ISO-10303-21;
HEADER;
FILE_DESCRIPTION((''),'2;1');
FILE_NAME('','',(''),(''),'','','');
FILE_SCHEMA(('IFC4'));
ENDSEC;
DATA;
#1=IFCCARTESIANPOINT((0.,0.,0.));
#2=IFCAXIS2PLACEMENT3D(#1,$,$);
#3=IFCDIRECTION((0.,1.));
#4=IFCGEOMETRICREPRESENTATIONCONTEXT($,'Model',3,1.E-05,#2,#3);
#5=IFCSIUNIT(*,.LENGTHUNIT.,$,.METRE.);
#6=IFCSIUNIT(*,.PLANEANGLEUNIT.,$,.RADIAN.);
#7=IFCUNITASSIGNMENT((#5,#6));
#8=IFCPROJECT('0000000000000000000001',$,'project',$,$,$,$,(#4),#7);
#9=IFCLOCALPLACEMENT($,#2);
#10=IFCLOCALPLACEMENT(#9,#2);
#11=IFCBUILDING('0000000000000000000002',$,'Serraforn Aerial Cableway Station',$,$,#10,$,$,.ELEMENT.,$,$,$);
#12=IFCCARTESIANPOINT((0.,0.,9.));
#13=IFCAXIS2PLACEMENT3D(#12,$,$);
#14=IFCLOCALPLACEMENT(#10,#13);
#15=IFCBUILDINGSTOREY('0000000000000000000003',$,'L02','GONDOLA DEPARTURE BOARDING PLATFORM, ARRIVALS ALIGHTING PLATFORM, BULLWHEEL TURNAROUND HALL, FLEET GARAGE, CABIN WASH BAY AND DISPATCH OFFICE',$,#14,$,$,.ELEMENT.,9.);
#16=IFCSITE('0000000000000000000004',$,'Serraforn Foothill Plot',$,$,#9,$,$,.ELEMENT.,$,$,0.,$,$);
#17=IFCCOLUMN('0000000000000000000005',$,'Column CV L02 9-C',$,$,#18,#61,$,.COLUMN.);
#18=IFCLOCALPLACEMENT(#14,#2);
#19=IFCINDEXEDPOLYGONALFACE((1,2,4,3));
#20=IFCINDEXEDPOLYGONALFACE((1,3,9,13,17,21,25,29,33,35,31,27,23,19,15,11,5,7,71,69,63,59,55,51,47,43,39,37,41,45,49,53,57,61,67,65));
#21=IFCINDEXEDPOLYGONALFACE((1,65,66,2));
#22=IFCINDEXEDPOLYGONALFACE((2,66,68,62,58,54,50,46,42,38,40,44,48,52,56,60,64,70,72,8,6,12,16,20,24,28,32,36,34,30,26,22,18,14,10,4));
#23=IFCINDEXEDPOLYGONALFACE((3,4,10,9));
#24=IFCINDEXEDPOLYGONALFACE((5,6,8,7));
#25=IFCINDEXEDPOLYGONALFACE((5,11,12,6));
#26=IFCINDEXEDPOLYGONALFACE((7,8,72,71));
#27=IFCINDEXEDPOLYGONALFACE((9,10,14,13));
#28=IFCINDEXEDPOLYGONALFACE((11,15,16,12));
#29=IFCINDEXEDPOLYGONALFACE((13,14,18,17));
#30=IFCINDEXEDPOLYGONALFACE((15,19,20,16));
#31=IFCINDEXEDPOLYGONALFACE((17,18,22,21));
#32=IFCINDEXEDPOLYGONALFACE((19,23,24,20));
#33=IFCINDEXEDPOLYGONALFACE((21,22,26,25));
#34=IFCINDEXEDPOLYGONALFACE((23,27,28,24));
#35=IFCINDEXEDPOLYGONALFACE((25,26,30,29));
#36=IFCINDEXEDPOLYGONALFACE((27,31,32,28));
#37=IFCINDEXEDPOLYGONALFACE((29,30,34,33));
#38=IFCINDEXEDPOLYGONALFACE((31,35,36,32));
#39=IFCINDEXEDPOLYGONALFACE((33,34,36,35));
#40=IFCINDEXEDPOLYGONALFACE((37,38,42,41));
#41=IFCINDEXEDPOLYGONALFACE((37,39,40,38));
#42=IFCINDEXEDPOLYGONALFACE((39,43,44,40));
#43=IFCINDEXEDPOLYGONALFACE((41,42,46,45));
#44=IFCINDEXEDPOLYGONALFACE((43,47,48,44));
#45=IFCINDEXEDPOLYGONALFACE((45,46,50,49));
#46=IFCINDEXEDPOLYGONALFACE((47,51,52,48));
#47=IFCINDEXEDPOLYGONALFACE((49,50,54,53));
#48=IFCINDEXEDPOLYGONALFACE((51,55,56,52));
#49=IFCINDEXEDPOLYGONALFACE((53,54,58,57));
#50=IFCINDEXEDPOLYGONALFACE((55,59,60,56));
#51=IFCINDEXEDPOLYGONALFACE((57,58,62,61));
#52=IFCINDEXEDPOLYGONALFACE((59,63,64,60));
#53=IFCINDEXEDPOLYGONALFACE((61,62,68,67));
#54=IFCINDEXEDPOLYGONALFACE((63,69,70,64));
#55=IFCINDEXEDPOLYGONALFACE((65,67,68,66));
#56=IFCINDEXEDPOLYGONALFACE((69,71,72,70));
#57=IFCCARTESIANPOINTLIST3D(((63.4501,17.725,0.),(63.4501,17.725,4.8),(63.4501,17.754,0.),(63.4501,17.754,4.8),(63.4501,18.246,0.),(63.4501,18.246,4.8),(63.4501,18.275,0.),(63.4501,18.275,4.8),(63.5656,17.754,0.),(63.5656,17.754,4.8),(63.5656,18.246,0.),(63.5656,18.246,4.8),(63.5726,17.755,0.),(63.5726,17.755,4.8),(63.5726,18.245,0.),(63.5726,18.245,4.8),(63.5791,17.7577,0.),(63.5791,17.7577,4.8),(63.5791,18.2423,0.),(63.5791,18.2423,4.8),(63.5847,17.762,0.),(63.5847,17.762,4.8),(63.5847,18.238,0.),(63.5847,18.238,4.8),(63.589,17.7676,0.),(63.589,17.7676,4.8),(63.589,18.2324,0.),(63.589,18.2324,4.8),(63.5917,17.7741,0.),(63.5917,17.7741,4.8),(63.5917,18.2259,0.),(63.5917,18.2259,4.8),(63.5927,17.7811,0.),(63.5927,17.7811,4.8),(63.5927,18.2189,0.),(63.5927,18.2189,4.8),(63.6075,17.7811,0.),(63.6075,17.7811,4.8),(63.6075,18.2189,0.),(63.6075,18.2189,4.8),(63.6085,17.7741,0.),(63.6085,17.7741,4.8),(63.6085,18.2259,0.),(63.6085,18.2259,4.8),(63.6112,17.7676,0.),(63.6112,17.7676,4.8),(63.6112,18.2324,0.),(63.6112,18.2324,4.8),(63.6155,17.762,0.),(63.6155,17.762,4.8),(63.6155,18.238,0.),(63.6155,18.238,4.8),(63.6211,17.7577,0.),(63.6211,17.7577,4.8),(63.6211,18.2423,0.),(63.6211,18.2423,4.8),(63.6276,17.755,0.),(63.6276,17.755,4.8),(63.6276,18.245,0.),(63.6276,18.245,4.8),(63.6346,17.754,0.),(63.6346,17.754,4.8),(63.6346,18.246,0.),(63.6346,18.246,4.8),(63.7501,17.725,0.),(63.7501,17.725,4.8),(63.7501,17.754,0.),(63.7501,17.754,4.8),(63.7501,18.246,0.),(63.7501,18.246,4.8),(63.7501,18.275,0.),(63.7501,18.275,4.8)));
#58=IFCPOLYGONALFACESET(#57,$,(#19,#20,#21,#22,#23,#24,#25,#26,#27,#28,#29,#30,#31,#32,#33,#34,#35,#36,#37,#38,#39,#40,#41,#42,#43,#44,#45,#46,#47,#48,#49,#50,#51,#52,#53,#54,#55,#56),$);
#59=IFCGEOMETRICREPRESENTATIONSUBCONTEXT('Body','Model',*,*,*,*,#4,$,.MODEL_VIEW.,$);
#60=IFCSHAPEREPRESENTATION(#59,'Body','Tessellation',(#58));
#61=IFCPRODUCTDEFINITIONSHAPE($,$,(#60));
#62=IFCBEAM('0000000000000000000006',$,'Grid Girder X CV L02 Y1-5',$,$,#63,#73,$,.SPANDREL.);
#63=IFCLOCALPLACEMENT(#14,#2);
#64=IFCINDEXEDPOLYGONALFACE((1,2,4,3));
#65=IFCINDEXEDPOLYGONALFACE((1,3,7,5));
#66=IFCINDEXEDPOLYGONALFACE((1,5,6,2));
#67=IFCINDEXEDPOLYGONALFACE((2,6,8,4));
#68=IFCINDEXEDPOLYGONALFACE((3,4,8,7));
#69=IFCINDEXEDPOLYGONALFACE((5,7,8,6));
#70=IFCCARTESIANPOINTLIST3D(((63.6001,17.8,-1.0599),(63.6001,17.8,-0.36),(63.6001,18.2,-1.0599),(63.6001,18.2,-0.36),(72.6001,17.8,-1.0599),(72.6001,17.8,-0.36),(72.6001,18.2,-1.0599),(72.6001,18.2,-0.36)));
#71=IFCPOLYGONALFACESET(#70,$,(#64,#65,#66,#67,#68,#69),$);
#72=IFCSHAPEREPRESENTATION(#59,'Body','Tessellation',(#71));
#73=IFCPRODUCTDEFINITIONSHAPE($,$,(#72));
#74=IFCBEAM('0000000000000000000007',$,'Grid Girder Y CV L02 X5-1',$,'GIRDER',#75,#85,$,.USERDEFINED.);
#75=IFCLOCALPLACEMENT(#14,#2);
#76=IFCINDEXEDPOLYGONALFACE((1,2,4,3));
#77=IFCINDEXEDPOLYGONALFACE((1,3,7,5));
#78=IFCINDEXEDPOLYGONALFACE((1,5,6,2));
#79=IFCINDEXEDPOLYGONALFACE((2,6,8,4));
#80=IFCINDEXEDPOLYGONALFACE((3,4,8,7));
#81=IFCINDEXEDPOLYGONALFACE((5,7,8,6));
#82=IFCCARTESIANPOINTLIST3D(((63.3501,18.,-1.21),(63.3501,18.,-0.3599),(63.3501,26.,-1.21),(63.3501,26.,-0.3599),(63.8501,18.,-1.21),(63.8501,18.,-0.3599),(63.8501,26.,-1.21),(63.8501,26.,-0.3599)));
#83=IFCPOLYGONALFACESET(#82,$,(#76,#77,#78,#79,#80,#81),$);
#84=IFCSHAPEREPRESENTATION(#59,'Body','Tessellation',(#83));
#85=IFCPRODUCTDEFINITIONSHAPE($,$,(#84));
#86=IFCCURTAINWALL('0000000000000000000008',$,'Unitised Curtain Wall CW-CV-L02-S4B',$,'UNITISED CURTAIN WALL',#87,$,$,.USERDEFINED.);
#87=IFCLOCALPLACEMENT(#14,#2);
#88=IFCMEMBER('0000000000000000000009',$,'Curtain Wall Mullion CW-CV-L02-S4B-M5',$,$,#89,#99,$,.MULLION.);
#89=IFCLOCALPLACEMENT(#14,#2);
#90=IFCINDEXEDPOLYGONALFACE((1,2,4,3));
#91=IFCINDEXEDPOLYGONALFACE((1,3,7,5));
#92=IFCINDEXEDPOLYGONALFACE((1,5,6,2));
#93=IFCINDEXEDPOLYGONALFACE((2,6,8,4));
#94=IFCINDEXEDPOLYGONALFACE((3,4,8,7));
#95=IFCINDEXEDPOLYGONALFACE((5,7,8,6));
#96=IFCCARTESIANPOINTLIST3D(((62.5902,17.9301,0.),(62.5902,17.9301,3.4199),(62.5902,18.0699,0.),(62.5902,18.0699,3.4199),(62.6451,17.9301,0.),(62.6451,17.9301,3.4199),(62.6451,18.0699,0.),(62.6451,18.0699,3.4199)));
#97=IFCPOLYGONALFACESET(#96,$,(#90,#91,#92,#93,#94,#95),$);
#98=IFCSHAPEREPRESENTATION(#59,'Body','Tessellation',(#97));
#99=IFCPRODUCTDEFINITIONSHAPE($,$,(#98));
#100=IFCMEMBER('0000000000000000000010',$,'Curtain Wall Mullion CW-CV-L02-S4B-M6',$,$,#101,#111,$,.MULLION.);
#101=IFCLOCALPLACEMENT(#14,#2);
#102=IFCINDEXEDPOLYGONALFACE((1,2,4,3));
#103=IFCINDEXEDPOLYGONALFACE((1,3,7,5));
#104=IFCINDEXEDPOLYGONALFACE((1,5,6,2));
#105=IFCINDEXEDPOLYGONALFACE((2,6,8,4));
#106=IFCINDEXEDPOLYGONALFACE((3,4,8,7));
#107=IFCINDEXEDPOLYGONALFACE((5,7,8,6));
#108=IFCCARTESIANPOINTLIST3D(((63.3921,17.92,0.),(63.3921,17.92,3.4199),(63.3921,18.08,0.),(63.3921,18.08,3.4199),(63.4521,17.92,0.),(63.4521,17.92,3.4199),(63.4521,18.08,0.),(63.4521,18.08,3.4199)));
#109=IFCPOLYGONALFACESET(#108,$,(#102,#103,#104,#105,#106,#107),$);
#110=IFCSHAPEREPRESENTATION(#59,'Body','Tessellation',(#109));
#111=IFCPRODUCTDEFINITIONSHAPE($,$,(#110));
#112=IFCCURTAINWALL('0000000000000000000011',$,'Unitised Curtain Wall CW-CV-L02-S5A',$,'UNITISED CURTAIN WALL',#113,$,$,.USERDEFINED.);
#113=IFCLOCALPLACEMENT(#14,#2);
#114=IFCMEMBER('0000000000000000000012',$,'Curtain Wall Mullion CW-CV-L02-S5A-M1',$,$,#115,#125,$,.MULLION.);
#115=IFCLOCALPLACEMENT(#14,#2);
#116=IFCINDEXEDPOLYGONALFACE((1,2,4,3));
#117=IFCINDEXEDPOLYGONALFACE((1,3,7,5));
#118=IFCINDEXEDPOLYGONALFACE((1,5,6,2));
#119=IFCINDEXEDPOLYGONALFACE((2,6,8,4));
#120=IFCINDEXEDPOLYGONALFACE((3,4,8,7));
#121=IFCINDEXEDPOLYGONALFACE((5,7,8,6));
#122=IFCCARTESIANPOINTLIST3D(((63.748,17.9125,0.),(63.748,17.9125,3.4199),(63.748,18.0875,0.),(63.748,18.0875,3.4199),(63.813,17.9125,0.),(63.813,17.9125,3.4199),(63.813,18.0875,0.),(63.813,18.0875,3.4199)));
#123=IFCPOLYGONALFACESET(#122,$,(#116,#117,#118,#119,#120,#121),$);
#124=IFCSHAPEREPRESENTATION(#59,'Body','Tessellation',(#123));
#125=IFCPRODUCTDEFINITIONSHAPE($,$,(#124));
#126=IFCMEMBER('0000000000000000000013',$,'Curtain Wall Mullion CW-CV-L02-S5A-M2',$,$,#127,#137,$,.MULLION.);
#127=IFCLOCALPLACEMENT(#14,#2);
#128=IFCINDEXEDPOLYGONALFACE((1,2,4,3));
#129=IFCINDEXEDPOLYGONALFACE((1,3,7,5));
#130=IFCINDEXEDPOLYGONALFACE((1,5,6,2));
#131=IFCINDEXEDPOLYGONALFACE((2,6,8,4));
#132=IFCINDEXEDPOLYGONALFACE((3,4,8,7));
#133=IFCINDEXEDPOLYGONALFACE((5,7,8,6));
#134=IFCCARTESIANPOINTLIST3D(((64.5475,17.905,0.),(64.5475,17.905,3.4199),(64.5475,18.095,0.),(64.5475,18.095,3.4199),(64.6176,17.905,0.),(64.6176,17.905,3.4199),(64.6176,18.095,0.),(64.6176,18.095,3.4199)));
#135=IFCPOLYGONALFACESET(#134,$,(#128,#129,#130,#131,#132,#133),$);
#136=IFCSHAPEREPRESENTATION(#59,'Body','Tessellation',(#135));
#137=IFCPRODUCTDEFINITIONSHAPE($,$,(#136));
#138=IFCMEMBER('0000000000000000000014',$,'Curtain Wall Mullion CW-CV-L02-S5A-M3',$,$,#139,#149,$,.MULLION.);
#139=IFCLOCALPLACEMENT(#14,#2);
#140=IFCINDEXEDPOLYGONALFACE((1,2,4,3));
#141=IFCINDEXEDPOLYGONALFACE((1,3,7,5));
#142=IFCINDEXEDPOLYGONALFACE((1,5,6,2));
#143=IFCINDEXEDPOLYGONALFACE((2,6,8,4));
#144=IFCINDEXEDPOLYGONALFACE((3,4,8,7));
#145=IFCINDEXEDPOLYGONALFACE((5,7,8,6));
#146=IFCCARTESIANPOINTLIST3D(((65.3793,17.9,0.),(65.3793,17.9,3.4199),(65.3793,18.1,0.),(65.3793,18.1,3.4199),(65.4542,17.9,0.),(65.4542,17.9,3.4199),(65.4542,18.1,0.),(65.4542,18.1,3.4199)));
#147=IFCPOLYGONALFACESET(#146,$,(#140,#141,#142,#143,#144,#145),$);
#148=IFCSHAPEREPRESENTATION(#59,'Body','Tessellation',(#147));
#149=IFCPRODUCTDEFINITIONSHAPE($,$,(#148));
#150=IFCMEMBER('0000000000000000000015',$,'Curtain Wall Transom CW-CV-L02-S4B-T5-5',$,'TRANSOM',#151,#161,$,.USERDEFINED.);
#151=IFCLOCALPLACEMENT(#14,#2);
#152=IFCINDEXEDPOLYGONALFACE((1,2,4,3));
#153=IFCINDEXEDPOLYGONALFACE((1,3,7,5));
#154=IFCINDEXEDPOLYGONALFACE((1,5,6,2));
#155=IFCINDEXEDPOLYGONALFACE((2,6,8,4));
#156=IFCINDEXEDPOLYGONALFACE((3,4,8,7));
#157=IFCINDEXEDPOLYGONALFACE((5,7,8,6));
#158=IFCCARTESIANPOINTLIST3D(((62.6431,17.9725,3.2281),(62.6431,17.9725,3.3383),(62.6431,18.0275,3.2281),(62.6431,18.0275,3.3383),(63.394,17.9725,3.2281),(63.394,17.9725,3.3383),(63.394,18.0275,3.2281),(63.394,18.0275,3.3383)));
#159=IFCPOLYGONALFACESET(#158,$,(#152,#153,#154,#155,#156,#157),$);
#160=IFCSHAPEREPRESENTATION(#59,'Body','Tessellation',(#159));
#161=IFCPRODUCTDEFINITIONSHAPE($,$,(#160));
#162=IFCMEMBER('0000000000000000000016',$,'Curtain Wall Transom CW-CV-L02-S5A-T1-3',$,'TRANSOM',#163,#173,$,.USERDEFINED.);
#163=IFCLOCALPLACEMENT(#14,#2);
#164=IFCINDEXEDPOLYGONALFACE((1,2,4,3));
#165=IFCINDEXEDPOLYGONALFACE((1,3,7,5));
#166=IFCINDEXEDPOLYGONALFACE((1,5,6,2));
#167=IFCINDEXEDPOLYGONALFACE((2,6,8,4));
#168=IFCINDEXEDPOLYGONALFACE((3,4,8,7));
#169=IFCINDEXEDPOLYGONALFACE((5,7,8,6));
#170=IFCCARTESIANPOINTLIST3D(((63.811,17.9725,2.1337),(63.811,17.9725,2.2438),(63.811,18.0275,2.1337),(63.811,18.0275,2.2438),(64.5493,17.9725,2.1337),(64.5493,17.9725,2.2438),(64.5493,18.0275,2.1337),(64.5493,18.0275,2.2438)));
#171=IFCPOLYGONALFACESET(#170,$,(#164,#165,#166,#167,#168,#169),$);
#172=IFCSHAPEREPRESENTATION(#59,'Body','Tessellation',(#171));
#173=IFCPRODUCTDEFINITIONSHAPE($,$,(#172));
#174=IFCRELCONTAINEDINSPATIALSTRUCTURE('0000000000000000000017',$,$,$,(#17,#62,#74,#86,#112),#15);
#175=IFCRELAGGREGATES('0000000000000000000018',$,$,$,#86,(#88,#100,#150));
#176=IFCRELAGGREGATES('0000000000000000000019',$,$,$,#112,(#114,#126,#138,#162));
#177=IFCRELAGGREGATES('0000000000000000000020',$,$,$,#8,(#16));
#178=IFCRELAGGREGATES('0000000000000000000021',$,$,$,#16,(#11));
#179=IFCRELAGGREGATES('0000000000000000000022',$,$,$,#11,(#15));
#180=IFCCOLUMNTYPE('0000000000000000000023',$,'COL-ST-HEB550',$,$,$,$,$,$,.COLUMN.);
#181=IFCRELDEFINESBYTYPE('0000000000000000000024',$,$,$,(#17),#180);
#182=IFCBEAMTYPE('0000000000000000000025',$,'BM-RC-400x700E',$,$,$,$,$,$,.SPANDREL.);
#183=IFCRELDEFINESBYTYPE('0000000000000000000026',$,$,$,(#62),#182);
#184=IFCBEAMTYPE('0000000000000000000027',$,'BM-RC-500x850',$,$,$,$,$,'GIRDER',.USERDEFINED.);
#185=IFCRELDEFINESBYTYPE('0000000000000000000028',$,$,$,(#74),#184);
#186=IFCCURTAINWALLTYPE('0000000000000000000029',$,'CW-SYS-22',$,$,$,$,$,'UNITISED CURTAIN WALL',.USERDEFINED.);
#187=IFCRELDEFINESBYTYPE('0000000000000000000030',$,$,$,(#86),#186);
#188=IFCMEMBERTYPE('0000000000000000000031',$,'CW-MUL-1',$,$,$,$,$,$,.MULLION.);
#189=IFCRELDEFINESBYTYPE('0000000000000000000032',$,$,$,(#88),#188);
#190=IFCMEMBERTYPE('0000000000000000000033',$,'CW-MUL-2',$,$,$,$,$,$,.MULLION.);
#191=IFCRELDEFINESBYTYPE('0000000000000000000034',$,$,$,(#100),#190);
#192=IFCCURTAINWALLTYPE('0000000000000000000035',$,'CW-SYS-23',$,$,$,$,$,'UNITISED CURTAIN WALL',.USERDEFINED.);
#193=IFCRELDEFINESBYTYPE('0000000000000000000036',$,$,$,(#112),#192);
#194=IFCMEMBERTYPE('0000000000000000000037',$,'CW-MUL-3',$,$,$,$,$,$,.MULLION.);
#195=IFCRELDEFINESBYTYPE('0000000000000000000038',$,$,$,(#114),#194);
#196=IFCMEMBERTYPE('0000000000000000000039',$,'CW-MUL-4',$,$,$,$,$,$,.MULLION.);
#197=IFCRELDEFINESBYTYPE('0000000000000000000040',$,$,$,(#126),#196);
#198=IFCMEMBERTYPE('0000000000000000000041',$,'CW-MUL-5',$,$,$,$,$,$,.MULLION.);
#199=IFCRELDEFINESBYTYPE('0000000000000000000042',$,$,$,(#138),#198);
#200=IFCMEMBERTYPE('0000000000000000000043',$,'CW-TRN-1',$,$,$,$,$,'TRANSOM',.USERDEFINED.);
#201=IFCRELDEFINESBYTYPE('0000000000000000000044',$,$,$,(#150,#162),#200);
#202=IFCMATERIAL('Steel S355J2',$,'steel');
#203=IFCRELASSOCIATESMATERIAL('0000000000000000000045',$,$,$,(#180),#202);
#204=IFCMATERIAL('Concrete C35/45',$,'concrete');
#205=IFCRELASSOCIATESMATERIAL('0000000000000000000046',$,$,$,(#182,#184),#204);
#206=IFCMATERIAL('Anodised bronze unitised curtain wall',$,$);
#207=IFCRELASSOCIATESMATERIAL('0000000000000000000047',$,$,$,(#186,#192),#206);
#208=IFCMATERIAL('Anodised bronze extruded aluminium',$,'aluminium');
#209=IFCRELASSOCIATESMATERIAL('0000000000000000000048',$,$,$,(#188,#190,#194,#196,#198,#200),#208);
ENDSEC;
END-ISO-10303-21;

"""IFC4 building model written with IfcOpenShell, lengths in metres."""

from ifc_helpers import new_model, si_unit, direction, frame, origin, origin_2d, place, context, subcontext, project, spatial, rectangle, i_section, extrude, material, material_profile, profile_set, type_object, element, aggregate, save


model = new_model("IFC4")

# Units and contexts
model_context = context("Model", 3, precision=1e-05, world=origin(), true_north=direction((0.0, 1.0)))
body_context = subcontext(model_context, "Body", "Model", "MODEL_VIEW")
ifc_project = project(units=[si_unit("LENGTHUNIT", "METRE"), si_unit("PLANEANGLEUNIT", "RADIAN")], contexts=[model_context])

# Site, building, storey
site_placement = place(None, origin())
site = spatial("IfcSite", under=ifc_project, at=site_placement, Name="Serraforn Foothill Plot", CompositionType="ELEMENT", RefElevation=0.0)
building_placement = place(site_placement, origin())
building = spatial("IfcBuilding", under=site, at=building_placement, Name="Serraforn Aerial Cableway Station", CompositionType="ELEMENT")
storey_placement = place(building_placement, frame((0.0, 0.0, 9.0)))
storey = spatial("IfcBuildingStorey", under=building, at=storey_placement, Name="L02", Description="GONDOLA DEPARTURE BOARDING PLATFORM, ARRIVALS ALIGHTING PLATFORM, BULLWHEEL TURNAROUND HALL, FLEET GARAGE, CABIN WASH BAY AND DISPATCH OFFICE", CompositionType="ELEMENT", Elevation=9.0)

# Column
ifc_material_1 = material(Name="Steel S355J2", Category="steel")
ifc_material_profile_1 = material_profile(ifc_material_1, i_section(OverallWidth=0.3, OverallDepth=0.55, WebThickness=0.0149, FlangeThickness=0.0291, FilletRadius=0.0271, at=origin_2d()), Name="HEB 550")
ifc_profile_set_1 = profile_set([ifc_material_profile_1], Name="Steel S355J2")
column_type = type_object("IfcColumnType", Name="COL-ST-HEB550", PredefinedType="COLUMN", material=ifc_profile_set_1)
column_placement = place(storey_placement, frame((63.6001, 18.0, 0.0), z_axis=(0.0, 0.0, 1.0), x_axis=(1.0, 0.0, 0.0)))
element("IfcColumn", 1, at=column_placement, inside=storey, type_object=column_type, Name="Column CV L02 9-C", PredefinedType="COLUMN", context=body_context, shape_type="SweptSolid", body=[
    extrude(i_section(OverallWidth=0.3, OverallDepth=0.55, WebThickness=0.0149, FlangeThickness=0.0291, FilletRadius=0.0271, at=origin_2d()), origin(), (0.0, 0.0, 1.0), 4.8),
])

# Beams
ifc_material_2 = material(Name="Concrete C35/45", Category="concrete")
ifc_material_profile_2 = material_profile(ifc_material_2, rectangle(XDim=0.3999, YDim=0.7, at=origin_2d()), Name="RC 400x700")
ifc_profile_set_2 = profile_set([ifc_material_profile_2], Name="Concrete C35/45")
beam_type_1 = type_object("IfcBeamType", Name="BM-RC-400x700E", PredefinedType="SPANDREL", material=ifc_profile_set_2)
beam_1_placement = place(storey_placement, frame((63.6001, 18.0, -0.71), z_axis=(1.0, 0.0, 0.0), x_axis=(0.0, 1.0, 0.0)))
element("IfcBeam", 2, at=beam_1_placement, inside=storey, type_object=beam_type_1, Name="Grid Girder X CV L02 Y1-5", PredefinedType="SPANDREL", context=body_context, shape_type="SweptSolid", body=[
    extrude(rectangle(XDim=0.3999, YDim=0.7, at=origin_2d()), origin(), (0.0, 0.0, 1.0), 9.0),
])
ifc_material_profile_3 = material_profile(ifc_material_2, rectangle(XDim=0.5, YDim=0.8501, at=origin_2d()), Name="RC 500x850")
ifc_profile_set_3 = profile_set([ifc_material_profile_3], Name="Concrete C35/45")
beam_type_2 = type_object("IfcBeamType", Name="BM-RC-500x850", ElementType="GIRDER", PredefinedType="USERDEFINED", material=ifc_profile_set_3)
beam_2_placement = place(storey_placement, frame((63.6001, 18.0, -0.7849), z_axis=(0.0, 1.0, 0.0), x_axis=(-1.0, 0.0, 0.0)))
element("IfcBeam", 3, at=beam_2_placement, inside=storey, type_object=beam_type_2, Name="Grid Girder Y CV L02 X5-1", ObjectType="GIRDER", PredefinedType="USERDEFINED", context=body_context, shape_type="SweptSolid", body=[
    extrude(rectangle(XDim=0.5, YDim=0.8501, at=origin_2d()), origin(), (0.0, 0.0, 1.0), 8.0),
])

# Curtain walls, members
ifc_material_3 = material(Name="Anodised bronze unitised curtain wall")
curtain_wall_type_1 = type_object("IfcCurtainWallType", Name="CW-SYS-22", ElementType="UNITISED CURTAIN WALL", PredefinedType="USERDEFINED", material=ifc_material_3)
curtain_wall_1_placement = place(storey_placement, origin())
curtain_wall_1 = element("IfcCurtainWall", 4, at=curtain_wall_1_placement, inside=storey, type_object=curtain_wall_type_1, Name="Unitised Curtain Wall CW-CV-L02-S4B", ObjectType="UNITISED CURTAIN WALL", PredefinedType="USERDEFINED")
ifc_material_4 = material(Name="Anodised bronze extruded aluminium", Category="aluminium")
ifc_material_profile_4 = material_profile(ifc_material_4, rectangle(XDim=0.0549, YDim=0.1399, at=origin_2d()), Name="CW MULLION 55x140")
ifc_profile_set_4 = profile_set([ifc_material_profile_4], Name="Anodised bronze extruded aluminium")
member_type_1 = type_object("IfcMemberType", Name="CW-MUL-1", PredefinedType="MULLION", material=ifc_profile_set_4)
member_1_placement = place(storey_placement, frame((62.6177, 18.0, 0.0), z_axis=(0.0, 0.0, 1.0), x_axis=(1.0, 0.0, 0.0)))
member_1 = element("IfcMember", 5, at=member_1_placement, type_object=member_type_1, Name="Curtain Wall Mullion CW-CV-L02-S4B-M5", PredefinedType="MULLION", context=body_context, shape_type="SweptSolid", body=[
    extrude(rectangle(XDim=0.0549, YDim=0.1399, at=origin_2d()), origin(), (0.0, 0.0, 1.0), 3.4199),
])
ifc_material_profile_5 = material_profile(ifc_material_4, rectangle(XDim=0.0601, YDim=0.1599, at=origin_2d()), Name="CW MULLION 60x160")
ifc_profile_set_5 = profile_set([ifc_material_profile_5], Name="Anodised bronze extruded aluminium")
member_type_2 = type_object("IfcMemberType", Name="CW-MUL-2", PredefinedType="MULLION", material=ifc_profile_set_5)
member_2_placement = place(storey_placement, frame((63.4221, 18.0, 0.0), z_axis=(0.0, 0.0, 1.0), x_axis=(1.0, 0.0, 0.0)))
member_2 = element("IfcMember", 6, at=member_2_placement, type_object=member_type_2, Name="Curtain Wall Mullion CW-CV-L02-S4B-M6", PredefinedType="MULLION", context=body_context, shape_type="SweptSolid", body=[
    extrude(rectangle(XDim=0.0601, YDim=0.1599, at=origin_2d()), origin(), (0.0, 0.0, 1.0), 3.4199),
])
curtain_wall_type_2 = type_object("IfcCurtainWallType", Name="CW-SYS-23", ElementType="UNITISED CURTAIN WALL", PredefinedType="USERDEFINED", material=ifc_material_3)
curtain_wall_2_placement = place(storey_placement, origin())
curtain_wall_2 = element("IfcCurtainWall", 7, at=curtain_wall_2_placement, inside=storey, type_object=curtain_wall_type_2, Name="Unitised Curtain Wall CW-CV-L02-S5A", ObjectType="UNITISED CURTAIN WALL", PredefinedType="USERDEFINED")
ifc_material_profile_6 = material_profile(ifc_material_4, rectangle(XDim=0.0649, YDim=0.175, at=origin_2d()), Name="CW MULLION 65x175")
ifc_profile_set_6 = profile_set([ifc_material_profile_6], Name="Anodised bronze extruded aluminium")
member_type_3 = type_object("IfcMemberType", Name="CW-MUL-3", PredefinedType="MULLION", material=ifc_profile_set_6)
member_3_placement = place(storey_placement, frame((63.7805, 18.0, 0.0), z_axis=(0.0, 0.0, 1.0), x_axis=(1.0, 0.0, 0.0)))
member_3 = element("IfcMember", 8, at=member_3_placement, type_object=member_type_3, Name="Curtain Wall Mullion CW-CV-L02-S5A-M1", PredefinedType="MULLION", context=body_context, shape_type="SweptSolid", body=[
    extrude(rectangle(XDim=0.0649, YDim=0.175, at=origin_2d()), origin(), (0.0, 0.0, 1.0), 3.4199),
])
ifc_material_profile_7 = material_profile(ifc_material_4, rectangle(XDim=0.0701, YDim=0.1899, at=origin_2d()), Name="CW MULLION 70x190")
ifc_profile_set_7 = profile_set([ifc_material_profile_7], Name="Anodised bronze extruded aluminium")
member_type_4 = type_object("IfcMemberType", Name="CW-MUL-4", PredefinedType="MULLION", material=ifc_profile_set_7)
member_4_placement = place(storey_placement, frame((64.5825, 18.0, 0.0), z_axis=(0.0, 0.0, 1.0), x_axis=(1.0, 0.0, 0.0)))
member_4 = element("IfcMember", 9, at=member_4_placement, type_object=member_type_4, Name="Curtain Wall Mullion CW-CV-L02-S5A-M2", PredefinedType="MULLION", context=body_context, shape_type="SweptSolid", body=[
    extrude(rectangle(XDim=0.0701, YDim=0.1899, at=origin_2d()), origin(), (0.0, 0.0, 1.0), 3.4199),
])
ifc_material_profile_8 = material_profile(ifc_material_4, rectangle(XDim=0.075, YDim=0.2, at=origin_2d()), Name="CW MULLION 75x200")
ifc_profile_set_8 = profile_set([ifc_material_profile_8], Name="Anodised bronze extruded aluminium")
member_type_5 = type_object("IfcMemberType", Name="CW-MUL-5", PredefinedType="MULLION", material=ifc_profile_set_8)
member_5_placement = place(storey_placement, frame((65.4167, 18.0, 0.0), z_axis=(0.0, 0.0, 1.0), x_axis=(1.0, 0.0, 0.0)))
member_5 = element("IfcMember", 10, at=member_5_placement, type_object=member_type_5, Name="Curtain Wall Mullion CW-CV-L02-S5A-M3", PredefinedType="MULLION", context=body_context, shape_type="SweptSolid", body=[
    extrude(rectangle(XDim=0.075, YDim=0.2, at=origin_2d()), origin(), (0.0, 0.0, 1.0), 3.4199),
])

# Members
ifc_material_profile_9 = material_profile(ifc_material_4, rectangle(XDim=0.0549, YDim=0.1101, at=origin_2d()), Name="CW TRANSOM 55x110")
ifc_profile_set_9 = profile_set([ifc_material_profile_9], Name="Anodised bronze extruded aluminium")
member_type_6 = type_object("IfcMemberType", Name="CW-TRN-1", ElementType="TRANSOM", PredefinedType="USERDEFINED", material=ifc_profile_set_9)
member_6_placement = place(storey_placement, frame((62.6431, 18.0, 3.2832), z_axis=(1.0, 0.0, 0.0), x_axis=(0.0, 1.0, 0.0)))
member_6 = element("IfcMember", 11, at=member_6_placement, type_object=member_type_6, Name="Curtain Wall Transom CW-CV-L02-S4B-T5-5", ObjectType="TRANSOM", PredefinedType="USERDEFINED", context=body_context, shape_type="SweptSolid", body=[
    extrude(rectangle(XDim=0.0549, YDim=0.1101, at=origin_2d()), origin(), (0.0, 0.0, 1.0), 0.751),
])
member_7_placement = place(storey_placement, frame((63.811, 18.0, 2.1887), z_axis=(1.0, 0.0, 0.0), x_axis=(0.0, 1.0, 0.0)))
member_7 = element("IfcMember", 12, at=member_7_placement, type_object=member_type_6, Name="Curtain Wall Transom CW-CV-L02-S5A-T1-3", ObjectType="TRANSOM", PredefinedType="USERDEFINED", context=body_context, shape_type="SweptSolid", body=[
    extrude(rectangle(XDim=0.0549, YDim=0.1101, at=origin_2d()), origin(), (0.0, 0.0, 1.0), 0.7383),
])

aggregate(curtain_wall_1, [member_1, member_2, member_6])
aggregate(curtain_wall_2, [member_3, member_4, member_5, member_7])

save(model, "model.ifc")
